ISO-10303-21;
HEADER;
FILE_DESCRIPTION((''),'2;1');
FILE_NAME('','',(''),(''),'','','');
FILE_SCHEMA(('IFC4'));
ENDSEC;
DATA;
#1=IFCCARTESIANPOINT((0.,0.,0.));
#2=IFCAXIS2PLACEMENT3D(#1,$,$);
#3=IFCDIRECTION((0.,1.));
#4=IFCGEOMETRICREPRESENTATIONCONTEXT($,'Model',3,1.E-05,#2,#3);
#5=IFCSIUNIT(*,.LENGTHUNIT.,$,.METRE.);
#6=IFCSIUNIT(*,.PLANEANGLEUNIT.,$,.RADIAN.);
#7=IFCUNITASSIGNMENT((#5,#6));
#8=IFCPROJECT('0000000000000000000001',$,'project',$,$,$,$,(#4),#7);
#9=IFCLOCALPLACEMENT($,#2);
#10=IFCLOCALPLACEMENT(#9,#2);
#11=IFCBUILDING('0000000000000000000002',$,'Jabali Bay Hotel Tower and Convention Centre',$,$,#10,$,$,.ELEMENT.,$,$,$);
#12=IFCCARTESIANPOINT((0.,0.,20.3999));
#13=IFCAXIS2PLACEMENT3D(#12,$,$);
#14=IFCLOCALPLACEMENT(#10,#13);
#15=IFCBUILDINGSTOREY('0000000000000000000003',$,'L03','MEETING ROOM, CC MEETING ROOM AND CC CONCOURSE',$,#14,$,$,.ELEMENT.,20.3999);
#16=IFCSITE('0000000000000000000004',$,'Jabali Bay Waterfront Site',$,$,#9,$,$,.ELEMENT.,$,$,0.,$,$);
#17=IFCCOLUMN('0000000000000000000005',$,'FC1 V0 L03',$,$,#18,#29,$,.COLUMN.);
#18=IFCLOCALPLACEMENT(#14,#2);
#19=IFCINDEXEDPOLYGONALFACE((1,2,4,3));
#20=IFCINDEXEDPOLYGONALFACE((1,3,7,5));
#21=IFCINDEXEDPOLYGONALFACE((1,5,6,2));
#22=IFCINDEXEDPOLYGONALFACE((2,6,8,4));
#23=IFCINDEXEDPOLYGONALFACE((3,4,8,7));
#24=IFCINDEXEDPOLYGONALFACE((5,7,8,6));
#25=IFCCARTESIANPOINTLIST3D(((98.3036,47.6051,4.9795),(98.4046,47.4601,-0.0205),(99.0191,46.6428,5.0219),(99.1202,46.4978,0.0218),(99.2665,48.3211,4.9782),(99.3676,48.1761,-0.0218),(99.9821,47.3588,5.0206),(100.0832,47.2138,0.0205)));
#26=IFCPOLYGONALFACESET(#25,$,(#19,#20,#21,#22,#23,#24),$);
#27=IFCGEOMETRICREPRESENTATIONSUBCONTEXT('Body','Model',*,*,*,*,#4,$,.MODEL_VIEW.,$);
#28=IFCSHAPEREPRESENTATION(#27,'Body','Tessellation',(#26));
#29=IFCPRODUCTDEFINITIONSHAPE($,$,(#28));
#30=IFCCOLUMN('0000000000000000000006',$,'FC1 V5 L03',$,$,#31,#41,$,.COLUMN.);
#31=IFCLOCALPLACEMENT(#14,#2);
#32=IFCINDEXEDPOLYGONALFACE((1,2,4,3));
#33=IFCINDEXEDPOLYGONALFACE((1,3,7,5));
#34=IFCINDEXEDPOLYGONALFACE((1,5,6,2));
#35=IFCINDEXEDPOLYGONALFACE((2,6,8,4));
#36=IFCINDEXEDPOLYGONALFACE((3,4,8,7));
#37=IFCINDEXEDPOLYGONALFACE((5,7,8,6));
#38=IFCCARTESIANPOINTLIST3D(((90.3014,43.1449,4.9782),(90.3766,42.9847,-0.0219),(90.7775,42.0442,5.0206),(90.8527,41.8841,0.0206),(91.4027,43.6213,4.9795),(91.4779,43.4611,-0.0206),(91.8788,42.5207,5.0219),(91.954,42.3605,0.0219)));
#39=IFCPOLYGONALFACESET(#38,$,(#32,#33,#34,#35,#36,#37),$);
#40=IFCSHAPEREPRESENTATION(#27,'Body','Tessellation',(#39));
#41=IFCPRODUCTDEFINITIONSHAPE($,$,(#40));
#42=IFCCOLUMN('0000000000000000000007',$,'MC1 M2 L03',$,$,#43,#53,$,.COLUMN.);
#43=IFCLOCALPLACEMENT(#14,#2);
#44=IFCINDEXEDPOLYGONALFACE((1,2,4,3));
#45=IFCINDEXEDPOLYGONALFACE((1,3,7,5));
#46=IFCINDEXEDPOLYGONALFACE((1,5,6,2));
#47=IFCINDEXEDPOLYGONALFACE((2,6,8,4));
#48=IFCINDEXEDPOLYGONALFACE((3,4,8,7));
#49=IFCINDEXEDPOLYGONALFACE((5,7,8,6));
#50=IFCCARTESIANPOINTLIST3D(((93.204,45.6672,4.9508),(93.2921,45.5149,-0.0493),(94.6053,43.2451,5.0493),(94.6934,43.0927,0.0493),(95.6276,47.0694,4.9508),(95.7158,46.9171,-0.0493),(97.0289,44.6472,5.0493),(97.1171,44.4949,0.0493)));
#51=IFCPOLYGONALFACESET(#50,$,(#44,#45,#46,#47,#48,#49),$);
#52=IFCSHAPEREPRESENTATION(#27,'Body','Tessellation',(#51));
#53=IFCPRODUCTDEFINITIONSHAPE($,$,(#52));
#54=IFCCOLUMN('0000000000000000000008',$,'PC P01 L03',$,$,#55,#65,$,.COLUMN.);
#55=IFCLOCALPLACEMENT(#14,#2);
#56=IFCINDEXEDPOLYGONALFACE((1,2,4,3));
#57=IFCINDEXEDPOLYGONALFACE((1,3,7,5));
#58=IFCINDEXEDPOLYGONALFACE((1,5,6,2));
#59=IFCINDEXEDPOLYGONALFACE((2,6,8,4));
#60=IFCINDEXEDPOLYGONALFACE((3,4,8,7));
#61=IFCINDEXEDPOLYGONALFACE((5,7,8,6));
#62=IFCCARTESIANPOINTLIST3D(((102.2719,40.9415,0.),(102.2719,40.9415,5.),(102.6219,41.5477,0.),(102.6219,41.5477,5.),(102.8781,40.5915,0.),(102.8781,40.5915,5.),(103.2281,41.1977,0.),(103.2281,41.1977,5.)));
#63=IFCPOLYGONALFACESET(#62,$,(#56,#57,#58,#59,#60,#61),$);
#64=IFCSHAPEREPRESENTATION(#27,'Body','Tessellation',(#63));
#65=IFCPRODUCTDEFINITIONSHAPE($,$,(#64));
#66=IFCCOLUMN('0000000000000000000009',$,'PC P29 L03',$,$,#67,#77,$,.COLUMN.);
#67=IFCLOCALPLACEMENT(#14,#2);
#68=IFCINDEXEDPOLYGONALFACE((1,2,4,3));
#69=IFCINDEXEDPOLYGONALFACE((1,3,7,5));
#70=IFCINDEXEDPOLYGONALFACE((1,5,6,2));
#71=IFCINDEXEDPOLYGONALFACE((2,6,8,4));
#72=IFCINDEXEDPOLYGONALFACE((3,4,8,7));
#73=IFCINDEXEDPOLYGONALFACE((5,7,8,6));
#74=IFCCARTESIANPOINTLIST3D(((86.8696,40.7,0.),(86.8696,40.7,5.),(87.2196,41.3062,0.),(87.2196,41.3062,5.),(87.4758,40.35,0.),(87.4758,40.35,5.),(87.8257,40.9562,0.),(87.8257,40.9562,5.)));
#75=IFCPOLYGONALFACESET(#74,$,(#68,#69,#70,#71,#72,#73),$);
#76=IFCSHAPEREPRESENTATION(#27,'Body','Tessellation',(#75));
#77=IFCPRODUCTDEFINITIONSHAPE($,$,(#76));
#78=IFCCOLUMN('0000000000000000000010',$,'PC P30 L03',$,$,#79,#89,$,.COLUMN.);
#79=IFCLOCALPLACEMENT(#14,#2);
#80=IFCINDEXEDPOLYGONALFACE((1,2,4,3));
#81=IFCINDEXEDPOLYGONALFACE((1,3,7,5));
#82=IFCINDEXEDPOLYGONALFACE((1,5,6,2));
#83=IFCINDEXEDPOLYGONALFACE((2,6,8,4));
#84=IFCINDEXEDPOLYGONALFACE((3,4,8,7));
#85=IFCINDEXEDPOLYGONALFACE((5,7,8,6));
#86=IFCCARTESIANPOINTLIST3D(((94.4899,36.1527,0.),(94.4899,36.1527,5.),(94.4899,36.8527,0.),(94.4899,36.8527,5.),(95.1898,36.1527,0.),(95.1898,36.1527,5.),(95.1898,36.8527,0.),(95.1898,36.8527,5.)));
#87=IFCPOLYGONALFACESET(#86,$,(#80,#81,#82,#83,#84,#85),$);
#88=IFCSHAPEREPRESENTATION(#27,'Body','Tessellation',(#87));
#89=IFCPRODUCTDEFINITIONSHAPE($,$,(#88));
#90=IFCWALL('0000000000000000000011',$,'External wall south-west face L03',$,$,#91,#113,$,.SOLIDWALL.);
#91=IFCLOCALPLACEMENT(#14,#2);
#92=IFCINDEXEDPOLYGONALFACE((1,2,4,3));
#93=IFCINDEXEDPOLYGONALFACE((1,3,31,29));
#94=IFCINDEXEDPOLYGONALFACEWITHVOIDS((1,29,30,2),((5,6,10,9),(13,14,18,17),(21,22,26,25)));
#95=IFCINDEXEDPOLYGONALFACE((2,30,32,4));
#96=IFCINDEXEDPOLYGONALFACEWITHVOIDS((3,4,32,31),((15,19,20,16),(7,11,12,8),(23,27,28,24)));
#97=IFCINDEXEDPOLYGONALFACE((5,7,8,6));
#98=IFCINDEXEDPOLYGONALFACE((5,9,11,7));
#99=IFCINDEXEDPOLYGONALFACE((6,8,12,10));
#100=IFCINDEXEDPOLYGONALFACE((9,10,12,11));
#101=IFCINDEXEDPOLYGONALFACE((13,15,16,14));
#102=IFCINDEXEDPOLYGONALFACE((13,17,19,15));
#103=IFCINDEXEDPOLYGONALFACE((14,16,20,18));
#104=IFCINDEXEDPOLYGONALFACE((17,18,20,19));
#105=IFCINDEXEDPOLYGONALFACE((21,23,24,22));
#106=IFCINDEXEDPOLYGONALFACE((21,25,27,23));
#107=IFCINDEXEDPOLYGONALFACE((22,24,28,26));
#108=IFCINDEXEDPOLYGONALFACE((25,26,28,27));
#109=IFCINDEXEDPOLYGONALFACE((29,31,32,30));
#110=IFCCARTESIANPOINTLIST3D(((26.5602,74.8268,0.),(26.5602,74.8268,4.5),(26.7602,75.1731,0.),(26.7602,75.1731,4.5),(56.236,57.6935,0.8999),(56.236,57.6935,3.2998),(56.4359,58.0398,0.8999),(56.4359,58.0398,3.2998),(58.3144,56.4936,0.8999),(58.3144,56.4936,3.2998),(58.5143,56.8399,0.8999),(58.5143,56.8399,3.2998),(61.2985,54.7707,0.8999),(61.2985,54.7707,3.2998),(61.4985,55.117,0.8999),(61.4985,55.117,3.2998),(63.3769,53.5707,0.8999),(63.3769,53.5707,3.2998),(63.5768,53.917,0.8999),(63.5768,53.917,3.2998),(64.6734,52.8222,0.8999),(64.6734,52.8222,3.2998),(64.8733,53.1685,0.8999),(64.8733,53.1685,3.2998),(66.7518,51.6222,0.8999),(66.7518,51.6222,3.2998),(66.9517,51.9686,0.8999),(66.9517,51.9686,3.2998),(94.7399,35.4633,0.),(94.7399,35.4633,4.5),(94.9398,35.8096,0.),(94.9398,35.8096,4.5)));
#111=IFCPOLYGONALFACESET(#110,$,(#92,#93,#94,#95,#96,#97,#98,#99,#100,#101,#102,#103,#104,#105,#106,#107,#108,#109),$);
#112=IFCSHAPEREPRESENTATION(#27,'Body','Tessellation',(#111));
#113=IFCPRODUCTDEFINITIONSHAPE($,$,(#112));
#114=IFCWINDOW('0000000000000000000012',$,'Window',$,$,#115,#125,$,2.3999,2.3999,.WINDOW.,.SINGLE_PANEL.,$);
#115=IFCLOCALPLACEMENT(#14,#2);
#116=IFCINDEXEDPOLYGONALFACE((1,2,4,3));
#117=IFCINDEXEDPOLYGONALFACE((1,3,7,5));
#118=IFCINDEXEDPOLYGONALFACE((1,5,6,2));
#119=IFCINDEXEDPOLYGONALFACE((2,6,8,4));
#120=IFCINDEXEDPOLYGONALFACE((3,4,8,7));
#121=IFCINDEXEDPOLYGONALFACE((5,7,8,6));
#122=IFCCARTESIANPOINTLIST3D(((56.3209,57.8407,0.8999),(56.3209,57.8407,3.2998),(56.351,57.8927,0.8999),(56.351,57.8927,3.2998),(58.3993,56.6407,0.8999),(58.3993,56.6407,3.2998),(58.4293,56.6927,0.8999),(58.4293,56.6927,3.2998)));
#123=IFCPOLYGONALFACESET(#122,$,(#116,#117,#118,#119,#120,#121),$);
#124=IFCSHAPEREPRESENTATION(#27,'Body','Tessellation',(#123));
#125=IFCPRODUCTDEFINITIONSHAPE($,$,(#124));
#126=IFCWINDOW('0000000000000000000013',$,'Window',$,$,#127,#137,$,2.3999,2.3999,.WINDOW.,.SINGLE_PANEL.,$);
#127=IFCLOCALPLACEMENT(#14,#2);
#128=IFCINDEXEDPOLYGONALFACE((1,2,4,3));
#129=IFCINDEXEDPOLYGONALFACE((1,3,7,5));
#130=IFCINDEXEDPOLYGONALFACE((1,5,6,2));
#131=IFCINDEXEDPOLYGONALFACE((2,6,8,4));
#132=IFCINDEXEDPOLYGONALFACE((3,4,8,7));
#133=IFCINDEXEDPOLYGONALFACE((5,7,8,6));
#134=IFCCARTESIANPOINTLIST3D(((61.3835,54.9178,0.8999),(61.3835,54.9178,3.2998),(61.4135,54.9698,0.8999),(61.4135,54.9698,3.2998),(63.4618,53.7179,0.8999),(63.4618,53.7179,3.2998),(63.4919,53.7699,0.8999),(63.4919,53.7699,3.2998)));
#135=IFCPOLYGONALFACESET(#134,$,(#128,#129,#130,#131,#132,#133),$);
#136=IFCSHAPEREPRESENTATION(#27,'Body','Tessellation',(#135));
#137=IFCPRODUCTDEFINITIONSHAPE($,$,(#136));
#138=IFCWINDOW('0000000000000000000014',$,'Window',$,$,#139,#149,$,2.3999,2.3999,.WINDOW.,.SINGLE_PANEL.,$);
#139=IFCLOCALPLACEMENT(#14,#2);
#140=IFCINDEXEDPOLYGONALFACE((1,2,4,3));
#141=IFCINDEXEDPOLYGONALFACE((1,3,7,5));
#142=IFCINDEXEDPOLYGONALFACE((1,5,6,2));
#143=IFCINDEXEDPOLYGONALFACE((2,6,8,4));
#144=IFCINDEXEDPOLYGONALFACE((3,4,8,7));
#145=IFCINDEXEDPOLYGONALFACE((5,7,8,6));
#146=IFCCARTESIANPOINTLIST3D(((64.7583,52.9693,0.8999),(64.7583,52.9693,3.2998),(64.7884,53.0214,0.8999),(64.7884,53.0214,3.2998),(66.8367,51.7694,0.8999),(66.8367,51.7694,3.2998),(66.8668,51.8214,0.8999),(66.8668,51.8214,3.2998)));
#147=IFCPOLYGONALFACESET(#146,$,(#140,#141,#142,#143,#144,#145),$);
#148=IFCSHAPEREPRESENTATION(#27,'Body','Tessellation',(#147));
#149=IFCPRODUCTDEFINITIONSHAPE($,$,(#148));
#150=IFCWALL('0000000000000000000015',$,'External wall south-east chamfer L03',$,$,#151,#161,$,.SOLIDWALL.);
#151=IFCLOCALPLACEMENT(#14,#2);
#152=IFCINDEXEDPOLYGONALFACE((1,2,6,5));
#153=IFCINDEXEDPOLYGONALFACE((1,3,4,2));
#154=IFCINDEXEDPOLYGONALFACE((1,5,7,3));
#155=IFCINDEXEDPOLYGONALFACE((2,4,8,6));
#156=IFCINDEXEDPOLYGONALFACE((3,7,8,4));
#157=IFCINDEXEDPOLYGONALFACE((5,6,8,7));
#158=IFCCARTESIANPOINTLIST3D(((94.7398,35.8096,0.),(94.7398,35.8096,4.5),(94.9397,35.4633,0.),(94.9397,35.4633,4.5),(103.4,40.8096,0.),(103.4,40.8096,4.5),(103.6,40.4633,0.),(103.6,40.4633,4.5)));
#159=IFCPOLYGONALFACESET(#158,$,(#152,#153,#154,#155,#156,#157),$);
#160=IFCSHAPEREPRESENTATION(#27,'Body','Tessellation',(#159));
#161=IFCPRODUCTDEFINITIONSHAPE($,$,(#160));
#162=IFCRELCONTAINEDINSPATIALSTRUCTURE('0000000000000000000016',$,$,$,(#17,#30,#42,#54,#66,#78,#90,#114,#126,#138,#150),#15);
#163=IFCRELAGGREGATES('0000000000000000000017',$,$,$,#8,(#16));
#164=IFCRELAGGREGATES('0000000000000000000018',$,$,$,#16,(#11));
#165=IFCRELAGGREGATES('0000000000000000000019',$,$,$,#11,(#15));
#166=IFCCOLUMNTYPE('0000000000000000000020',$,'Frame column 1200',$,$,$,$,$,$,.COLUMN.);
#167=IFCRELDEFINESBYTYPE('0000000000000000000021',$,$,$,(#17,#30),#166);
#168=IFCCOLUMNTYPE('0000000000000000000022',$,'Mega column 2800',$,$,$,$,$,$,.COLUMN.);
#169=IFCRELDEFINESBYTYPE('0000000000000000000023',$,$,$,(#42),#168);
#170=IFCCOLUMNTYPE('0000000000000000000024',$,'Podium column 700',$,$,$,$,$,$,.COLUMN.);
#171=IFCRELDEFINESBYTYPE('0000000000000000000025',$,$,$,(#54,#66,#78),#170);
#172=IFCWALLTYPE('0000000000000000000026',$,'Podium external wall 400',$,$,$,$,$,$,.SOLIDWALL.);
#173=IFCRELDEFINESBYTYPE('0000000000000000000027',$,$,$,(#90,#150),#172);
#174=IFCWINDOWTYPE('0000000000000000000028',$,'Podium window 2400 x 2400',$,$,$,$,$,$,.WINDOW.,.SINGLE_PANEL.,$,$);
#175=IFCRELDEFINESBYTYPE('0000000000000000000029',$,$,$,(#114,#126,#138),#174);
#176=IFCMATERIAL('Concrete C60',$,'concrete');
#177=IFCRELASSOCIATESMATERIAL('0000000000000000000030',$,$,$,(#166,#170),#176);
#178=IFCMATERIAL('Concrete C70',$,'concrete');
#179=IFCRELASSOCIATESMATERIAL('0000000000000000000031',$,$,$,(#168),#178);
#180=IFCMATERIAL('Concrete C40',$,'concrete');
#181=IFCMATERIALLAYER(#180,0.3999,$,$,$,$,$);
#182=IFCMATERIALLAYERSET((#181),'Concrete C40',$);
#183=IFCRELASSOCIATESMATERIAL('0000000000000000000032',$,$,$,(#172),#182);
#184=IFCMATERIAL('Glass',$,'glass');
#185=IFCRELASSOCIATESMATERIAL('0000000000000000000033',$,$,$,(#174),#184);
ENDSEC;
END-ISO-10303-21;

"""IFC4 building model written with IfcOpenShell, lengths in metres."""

from ifc_helpers import new_model, si_unit, direction, frame, frame_2d, origin, origin_2d, place, context, subcontext, project, spatial, rectangle, extrude, material, layer, layer_set, material_profile, profile_set, type_object, element, fill, save


model = new_model("IFC4")

# Units and contexts
model_context = context("Model", 3, precision=1e-05, world=origin(), true_north=direction((0.0, 1.0)))
body_context = subcontext(model_context, "Body", "Model", "MODEL_VIEW")
ifc_project = project(units=[si_unit("LENGTHUNIT", "METRE"), si_unit("PLANEANGLEUNIT", "RADIAN")], contexts=[model_context])

# Site, building, storey
site_placement = place(None, origin())
site = spatial("IfcSite", under=ifc_project, at=site_placement, Name="Jabali Bay Waterfront Site", CompositionType="ELEMENT", RefElevation=0.0)
building_placement = place(site_placement, origin())
building = spatial("IfcBuilding", under=site, at=building_placement, Name="Jabali Bay Hotel Tower and Convention Centre", CompositionType="ELEMENT")
storey_placement = place(building_placement, frame((0.0, 0.0, 20.3999)))
storey = spatial("IfcBuildingStorey", under=building, at=storey_placement, Name="L03", Description="MEETING ROOM, CC MEETING ROOM AND CC CONCOURSE", CompositionType="ELEMENT", Elevation=20.3999)

# Columns
ifc_material_1 = material(Name="Concrete C60", Category="concrete")
ifc_material_profile_1 = material_profile(ifc_material_1, rectangle(XDim=1.2, YDim=1.2, at=origin_2d()), Name="Frame column 1200")
ifc_profile_set_1 = profile_set([ifc_material_profile_1], Name="Concrete C60")
column_type_1 = type_object("IfcColumnType", Name="Frame column 1200", PredefinedType="COLUMN", material=ifc_profile_set_1)
for number, where, z_axis, x_axis, name in (
    (1, (99.2439, 47.3369, 0.0), (-0.020202, 0.028986, 0.999376), (-0.80248, -0.596678, 0.001084), "FC1 V0 L03"),
    (2, (91.1653, 42.6726, 0.0), (-0.01503, 0.032011, 0.999375), (0.396761, -0.917241, 0.035347), "FC1 V5 L03"),
):
    element("IfcColumn", number, at=place(storey_placement, frame(where, z_axis=z_axis, x_axis=x_axis)), inside=storey, type_object=column_type_1, Name=name, PredefinedType="COLUMN", context=body_context, shape_type="SweptSolid", body=[
        extrude(rectangle(XDim=1.2, YDim=1.2, at=origin_2d()), origin(), (0.0, 0.0, 1.0), 5.0032),
    ])
ifc_material_2 = material(Name="Concrete C70", Category="concrete")
ifc_material_profile_2 = material_profile(ifc_material_2, rectangle(XDim=2.8, YDim=2.8, at=origin_2d()), Name="Mega column 2800")
ifc_profile_set_2 = profile_set([ifc_material_profile_2], Name="Concrete C70")
column_type_2 = type_object("IfcColumnType", Name="Mega column 2800", PredefinedType="COLUMN", material=ifc_profile_set_2)
column_placement = place(storey_placement, frame((95.2046, 45.0049, 0.0), z_axis=(-0.017616, 0.03045, 0.999381), x_axis=(-0.865584, -0.500763, 0.0)))
element("IfcColumn", 3, at=column_placement, inside=storey, type_object=column_type_2, Name="MC1 M2 L03", PredefinedType="COLUMN", context=body_context, shape_type="SweptSolid", body=[
    extrude(rectangle(XDim=2.8, YDim=2.8, at=origin_2d()), origin(), (0.0, 0.0, 1.0), 5.0032),
])
ifc_material_profile_3 = material_profile(ifc_material_1, rectangle(XDim=0.7, YDim=0.7, at=origin_2d()), Name="Podium column 700")
ifc_profile_set_3 = profile_set([ifc_material_profile_3], Name="Concrete C60")
column_type_3 = type_object("IfcColumnType", Name="Podium column 700", PredefinedType="COLUMN", material=ifc_profile_set_3)
for number, where, z_axis, x_axis, name in (
    (4, (102.75, 41.0696, 0.0), (0.0, 0.0, 1.0), (0.5, 0.866025, 0.0), "PC P01 L03"),
    (5, (87.3477, 40.8281, 0.0), (0.0, 0.0, 1.0), (0.5, 0.866025, 0.0), "PC P29 L03"),
    (6, (94.8398, 36.5027, 0.0), (0.0, 0.0, 1.0), (1.0, 0.0, 0.0), "PC P30 L03"),
):
    element("IfcColumn", number, at=place(storey_placement, frame(where, z_axis=z_axis, x_axis=x_axis)), inside=storey, type_object=column_type_3, Name=name, PredefinedType="COLUMN", context=body_context, shape_type="SweptSolid", body=[
        extrude(rectangle(XDim=0.7, YDim=0.7, at=origin_2d()), origin(), (0.0, 0.0, 1.0), 5.0),
    ])

# Wall, openings, windows
ifc_material_3 = material(Name="Concrete C40", Category="concrete")
ifc_layer_1 = layer(ifc_material_3, 0.3999)
ifc_layer_set_1 = layer_set([ifc_layer_1], Name="Concrete C40")
wall_type_1 = type_object("IfcWallType", Name="Podium external wall 400", PredefinedType="SOLIDWALL", material=ifc_layer_set_1)
wall_1_placement = place(storey_placement, frame((94.8398, 35.6365, 0.0), z_axis=(0.0, 0.0, 1.0), x_axis=(-0.866026, 0.5, 0.0)))
wall_1 = element("IfcWall", 7, at=wall_1_placement, inside=storey, type_object=wall_type_1, Name="External wall south-west face L03", PredefinedType="SOLIDWALL", context=body_context, shape_type="SweptSolid", body=[
    extrude(rectangle(XDim=78.7271, YDim=0.3999, at=frame_2d((39.3635, 0.0))), origin(), (0.0, 0.0, 1.0), 4.5),
])
opening_1_placement = place(wall_1_placement, frame((42.0605, 0.0, 0.8999)))
opening_1 = element("IfcOpeningElement", 8, at=opening_1_placement, cuts=wall_1, PredefinedType="OPENING", context=body_context, shape_type="SweptSolid", body=[
    extrude(rectangle(XDim=2.3999, YDim=2.3999, at=frame_2d((1.2, 1.2))), frame((0.0, 0.2104, 0.0), z_axis=(0.0, -1.0, 0.0), x_axis=(1.0, 0.0, 0.0)), (0.0, 0.0, 1.0), 0.4209),
])
opening_2_placement = place(wall_1_placement, frame((36.2148, 0.0, 0.8999)))
opening_2 = element("IfcOpeningElement", 9, at=opening_2_placement, cuts=wall_1, PredefinedType="OPENING", context=body_context, shape_type="SweptSolid", body=[
    extrude(rectangle(XDim=2.3999, YDim=2.3999, at=frame_2d((1.2, 1.2))), frame((0.0, 0.2104, 0.0), z_axis=(0.0, -1.0, 0.0), x_axis=(1.0, 0.0, 0.0)), (0.0, 0.0, 1.0), 0.4209),
])
opening_3_placement = place(wall_1_placement, frame((32.3179, 0.0, 0.8999)))
opening_3 = element("IfcOpeningElement", 10, at=opening_3_placement, cuts=wall_1, PredefinedType="OPENING", context=body_context, shape_type="SweptSolid", body=[
    extrude(rectangle(XDim=2.3999, YDim=2.3999, at=frame_2d((1.2, 1.2))), frame((0.0, 0.2104, 0.0), z_axis=(0.0, -1.0, 0.0), x_axis=(1.0, 0.0, 0.0)), (0.0, 0.0, 1.0), 0.4209),
])
ifc_material_4 = material(Name="Glass", Category="glass")
window_type = type_object("IfcWindowType", Name="Podium window 2400 x 2400", PartitioningType="SINGLE_PANEL", PredefinedType="WINDOW", material=ifc_material_4)
window_1_placement = place(opening_1_placement, origin())
window_1 = element("IfcWindow", 11, at=window_1_placement, inside=storey, type_object=window_type, Name="Window", OverallHeight=2.3999, OverallWidth=2.3999, PartitioningType="SINGLE_PANEL", PredefinedType="WINDOW", context=body_context, shape_type="SweptSolid", body=[
    extrude(rectangle(XDim=2.3999, YDim=2.3999, at=frame_2d((1.2, 1.2))), frame((0.0, 0.03, 0.0), z_axis=(0.0, -1.0, 0.0), x_axis=(1.0, 0.0, 0.0)), (0.0, 0.0, 1.0), 0.0601),
])
fill(opening_1, window_1)
window_2_placement = place(opening_2_placement, origin())
window_2 = element("IfcWindow", 12, at=window_2_placement, inside=storey, type_object=window_type, Name="Window", OverallHeight=2.3999, OverallWidth=2.3999, PartitioningType="SINGLE_PANEL", PredefinedType="WINDOW", context=body_context, shape_type="SweptSolid", body=[
    extrude(rectangle(XDim=2.3999, YDim=2.3999, at=frame_2d((1.2, 1.2))), frame((0.0, 0.03, 0.0), z_axis=(0.0, -1.0, 0.0), x_axis=(1.0, 0.0, 0.0)), (0.0, 0.0, 1.0), 0.0601),
])
fill(opening_2, window_2)
window_3_placement = place(opening_3_placement, origin())
window_3 = element("IfcWindow", 13, at=window_3_placement, inside=storey, type_object=window_type, Name="Window", OverallHeight=2.3999, OverallWidth=2.3999, PartitioningType="SINGLE_PANEL", PredefinedType="WINDOW", context=body_context, shape_type="SweptSolid", body=[
    extrude(rectangle(XDim=2.3999, YDim=2.3999, at=frame_2d((1.2, 1.2))), frame((0.0, 0.03, 0.0), z_axis=(0.0, -1.0, 0.0), x_axis=(1.0, 0.0, 0.0)), (0.0, 0.0, 1.0), 0.0601),
])
fill(opening_3, window_3)

# Wall
wall_2_placement = place(storey_placement, frame((103.5, 40.6365, 0.0), z_axis=(0.0, 0.0, 1.0), x_axis=(-0.866023, -0.500004, 0.0)))
element("IfcWall", 14, at=wall_2_placement, inside=storey, type_object=wall_type_1, Name="External wall south-east chamfer L03", PredefinedType="SOLIDWALL", context=body_context, shape_type="SweptSolid", body=[
    extrude(rectangle(XDim=10.0, YDim=0.3999, at=frame_2d((5.0, 0.0))), origin(), (0.0, 0.0, 1.0), 4.5),
])

save(model, "model.ifc")
